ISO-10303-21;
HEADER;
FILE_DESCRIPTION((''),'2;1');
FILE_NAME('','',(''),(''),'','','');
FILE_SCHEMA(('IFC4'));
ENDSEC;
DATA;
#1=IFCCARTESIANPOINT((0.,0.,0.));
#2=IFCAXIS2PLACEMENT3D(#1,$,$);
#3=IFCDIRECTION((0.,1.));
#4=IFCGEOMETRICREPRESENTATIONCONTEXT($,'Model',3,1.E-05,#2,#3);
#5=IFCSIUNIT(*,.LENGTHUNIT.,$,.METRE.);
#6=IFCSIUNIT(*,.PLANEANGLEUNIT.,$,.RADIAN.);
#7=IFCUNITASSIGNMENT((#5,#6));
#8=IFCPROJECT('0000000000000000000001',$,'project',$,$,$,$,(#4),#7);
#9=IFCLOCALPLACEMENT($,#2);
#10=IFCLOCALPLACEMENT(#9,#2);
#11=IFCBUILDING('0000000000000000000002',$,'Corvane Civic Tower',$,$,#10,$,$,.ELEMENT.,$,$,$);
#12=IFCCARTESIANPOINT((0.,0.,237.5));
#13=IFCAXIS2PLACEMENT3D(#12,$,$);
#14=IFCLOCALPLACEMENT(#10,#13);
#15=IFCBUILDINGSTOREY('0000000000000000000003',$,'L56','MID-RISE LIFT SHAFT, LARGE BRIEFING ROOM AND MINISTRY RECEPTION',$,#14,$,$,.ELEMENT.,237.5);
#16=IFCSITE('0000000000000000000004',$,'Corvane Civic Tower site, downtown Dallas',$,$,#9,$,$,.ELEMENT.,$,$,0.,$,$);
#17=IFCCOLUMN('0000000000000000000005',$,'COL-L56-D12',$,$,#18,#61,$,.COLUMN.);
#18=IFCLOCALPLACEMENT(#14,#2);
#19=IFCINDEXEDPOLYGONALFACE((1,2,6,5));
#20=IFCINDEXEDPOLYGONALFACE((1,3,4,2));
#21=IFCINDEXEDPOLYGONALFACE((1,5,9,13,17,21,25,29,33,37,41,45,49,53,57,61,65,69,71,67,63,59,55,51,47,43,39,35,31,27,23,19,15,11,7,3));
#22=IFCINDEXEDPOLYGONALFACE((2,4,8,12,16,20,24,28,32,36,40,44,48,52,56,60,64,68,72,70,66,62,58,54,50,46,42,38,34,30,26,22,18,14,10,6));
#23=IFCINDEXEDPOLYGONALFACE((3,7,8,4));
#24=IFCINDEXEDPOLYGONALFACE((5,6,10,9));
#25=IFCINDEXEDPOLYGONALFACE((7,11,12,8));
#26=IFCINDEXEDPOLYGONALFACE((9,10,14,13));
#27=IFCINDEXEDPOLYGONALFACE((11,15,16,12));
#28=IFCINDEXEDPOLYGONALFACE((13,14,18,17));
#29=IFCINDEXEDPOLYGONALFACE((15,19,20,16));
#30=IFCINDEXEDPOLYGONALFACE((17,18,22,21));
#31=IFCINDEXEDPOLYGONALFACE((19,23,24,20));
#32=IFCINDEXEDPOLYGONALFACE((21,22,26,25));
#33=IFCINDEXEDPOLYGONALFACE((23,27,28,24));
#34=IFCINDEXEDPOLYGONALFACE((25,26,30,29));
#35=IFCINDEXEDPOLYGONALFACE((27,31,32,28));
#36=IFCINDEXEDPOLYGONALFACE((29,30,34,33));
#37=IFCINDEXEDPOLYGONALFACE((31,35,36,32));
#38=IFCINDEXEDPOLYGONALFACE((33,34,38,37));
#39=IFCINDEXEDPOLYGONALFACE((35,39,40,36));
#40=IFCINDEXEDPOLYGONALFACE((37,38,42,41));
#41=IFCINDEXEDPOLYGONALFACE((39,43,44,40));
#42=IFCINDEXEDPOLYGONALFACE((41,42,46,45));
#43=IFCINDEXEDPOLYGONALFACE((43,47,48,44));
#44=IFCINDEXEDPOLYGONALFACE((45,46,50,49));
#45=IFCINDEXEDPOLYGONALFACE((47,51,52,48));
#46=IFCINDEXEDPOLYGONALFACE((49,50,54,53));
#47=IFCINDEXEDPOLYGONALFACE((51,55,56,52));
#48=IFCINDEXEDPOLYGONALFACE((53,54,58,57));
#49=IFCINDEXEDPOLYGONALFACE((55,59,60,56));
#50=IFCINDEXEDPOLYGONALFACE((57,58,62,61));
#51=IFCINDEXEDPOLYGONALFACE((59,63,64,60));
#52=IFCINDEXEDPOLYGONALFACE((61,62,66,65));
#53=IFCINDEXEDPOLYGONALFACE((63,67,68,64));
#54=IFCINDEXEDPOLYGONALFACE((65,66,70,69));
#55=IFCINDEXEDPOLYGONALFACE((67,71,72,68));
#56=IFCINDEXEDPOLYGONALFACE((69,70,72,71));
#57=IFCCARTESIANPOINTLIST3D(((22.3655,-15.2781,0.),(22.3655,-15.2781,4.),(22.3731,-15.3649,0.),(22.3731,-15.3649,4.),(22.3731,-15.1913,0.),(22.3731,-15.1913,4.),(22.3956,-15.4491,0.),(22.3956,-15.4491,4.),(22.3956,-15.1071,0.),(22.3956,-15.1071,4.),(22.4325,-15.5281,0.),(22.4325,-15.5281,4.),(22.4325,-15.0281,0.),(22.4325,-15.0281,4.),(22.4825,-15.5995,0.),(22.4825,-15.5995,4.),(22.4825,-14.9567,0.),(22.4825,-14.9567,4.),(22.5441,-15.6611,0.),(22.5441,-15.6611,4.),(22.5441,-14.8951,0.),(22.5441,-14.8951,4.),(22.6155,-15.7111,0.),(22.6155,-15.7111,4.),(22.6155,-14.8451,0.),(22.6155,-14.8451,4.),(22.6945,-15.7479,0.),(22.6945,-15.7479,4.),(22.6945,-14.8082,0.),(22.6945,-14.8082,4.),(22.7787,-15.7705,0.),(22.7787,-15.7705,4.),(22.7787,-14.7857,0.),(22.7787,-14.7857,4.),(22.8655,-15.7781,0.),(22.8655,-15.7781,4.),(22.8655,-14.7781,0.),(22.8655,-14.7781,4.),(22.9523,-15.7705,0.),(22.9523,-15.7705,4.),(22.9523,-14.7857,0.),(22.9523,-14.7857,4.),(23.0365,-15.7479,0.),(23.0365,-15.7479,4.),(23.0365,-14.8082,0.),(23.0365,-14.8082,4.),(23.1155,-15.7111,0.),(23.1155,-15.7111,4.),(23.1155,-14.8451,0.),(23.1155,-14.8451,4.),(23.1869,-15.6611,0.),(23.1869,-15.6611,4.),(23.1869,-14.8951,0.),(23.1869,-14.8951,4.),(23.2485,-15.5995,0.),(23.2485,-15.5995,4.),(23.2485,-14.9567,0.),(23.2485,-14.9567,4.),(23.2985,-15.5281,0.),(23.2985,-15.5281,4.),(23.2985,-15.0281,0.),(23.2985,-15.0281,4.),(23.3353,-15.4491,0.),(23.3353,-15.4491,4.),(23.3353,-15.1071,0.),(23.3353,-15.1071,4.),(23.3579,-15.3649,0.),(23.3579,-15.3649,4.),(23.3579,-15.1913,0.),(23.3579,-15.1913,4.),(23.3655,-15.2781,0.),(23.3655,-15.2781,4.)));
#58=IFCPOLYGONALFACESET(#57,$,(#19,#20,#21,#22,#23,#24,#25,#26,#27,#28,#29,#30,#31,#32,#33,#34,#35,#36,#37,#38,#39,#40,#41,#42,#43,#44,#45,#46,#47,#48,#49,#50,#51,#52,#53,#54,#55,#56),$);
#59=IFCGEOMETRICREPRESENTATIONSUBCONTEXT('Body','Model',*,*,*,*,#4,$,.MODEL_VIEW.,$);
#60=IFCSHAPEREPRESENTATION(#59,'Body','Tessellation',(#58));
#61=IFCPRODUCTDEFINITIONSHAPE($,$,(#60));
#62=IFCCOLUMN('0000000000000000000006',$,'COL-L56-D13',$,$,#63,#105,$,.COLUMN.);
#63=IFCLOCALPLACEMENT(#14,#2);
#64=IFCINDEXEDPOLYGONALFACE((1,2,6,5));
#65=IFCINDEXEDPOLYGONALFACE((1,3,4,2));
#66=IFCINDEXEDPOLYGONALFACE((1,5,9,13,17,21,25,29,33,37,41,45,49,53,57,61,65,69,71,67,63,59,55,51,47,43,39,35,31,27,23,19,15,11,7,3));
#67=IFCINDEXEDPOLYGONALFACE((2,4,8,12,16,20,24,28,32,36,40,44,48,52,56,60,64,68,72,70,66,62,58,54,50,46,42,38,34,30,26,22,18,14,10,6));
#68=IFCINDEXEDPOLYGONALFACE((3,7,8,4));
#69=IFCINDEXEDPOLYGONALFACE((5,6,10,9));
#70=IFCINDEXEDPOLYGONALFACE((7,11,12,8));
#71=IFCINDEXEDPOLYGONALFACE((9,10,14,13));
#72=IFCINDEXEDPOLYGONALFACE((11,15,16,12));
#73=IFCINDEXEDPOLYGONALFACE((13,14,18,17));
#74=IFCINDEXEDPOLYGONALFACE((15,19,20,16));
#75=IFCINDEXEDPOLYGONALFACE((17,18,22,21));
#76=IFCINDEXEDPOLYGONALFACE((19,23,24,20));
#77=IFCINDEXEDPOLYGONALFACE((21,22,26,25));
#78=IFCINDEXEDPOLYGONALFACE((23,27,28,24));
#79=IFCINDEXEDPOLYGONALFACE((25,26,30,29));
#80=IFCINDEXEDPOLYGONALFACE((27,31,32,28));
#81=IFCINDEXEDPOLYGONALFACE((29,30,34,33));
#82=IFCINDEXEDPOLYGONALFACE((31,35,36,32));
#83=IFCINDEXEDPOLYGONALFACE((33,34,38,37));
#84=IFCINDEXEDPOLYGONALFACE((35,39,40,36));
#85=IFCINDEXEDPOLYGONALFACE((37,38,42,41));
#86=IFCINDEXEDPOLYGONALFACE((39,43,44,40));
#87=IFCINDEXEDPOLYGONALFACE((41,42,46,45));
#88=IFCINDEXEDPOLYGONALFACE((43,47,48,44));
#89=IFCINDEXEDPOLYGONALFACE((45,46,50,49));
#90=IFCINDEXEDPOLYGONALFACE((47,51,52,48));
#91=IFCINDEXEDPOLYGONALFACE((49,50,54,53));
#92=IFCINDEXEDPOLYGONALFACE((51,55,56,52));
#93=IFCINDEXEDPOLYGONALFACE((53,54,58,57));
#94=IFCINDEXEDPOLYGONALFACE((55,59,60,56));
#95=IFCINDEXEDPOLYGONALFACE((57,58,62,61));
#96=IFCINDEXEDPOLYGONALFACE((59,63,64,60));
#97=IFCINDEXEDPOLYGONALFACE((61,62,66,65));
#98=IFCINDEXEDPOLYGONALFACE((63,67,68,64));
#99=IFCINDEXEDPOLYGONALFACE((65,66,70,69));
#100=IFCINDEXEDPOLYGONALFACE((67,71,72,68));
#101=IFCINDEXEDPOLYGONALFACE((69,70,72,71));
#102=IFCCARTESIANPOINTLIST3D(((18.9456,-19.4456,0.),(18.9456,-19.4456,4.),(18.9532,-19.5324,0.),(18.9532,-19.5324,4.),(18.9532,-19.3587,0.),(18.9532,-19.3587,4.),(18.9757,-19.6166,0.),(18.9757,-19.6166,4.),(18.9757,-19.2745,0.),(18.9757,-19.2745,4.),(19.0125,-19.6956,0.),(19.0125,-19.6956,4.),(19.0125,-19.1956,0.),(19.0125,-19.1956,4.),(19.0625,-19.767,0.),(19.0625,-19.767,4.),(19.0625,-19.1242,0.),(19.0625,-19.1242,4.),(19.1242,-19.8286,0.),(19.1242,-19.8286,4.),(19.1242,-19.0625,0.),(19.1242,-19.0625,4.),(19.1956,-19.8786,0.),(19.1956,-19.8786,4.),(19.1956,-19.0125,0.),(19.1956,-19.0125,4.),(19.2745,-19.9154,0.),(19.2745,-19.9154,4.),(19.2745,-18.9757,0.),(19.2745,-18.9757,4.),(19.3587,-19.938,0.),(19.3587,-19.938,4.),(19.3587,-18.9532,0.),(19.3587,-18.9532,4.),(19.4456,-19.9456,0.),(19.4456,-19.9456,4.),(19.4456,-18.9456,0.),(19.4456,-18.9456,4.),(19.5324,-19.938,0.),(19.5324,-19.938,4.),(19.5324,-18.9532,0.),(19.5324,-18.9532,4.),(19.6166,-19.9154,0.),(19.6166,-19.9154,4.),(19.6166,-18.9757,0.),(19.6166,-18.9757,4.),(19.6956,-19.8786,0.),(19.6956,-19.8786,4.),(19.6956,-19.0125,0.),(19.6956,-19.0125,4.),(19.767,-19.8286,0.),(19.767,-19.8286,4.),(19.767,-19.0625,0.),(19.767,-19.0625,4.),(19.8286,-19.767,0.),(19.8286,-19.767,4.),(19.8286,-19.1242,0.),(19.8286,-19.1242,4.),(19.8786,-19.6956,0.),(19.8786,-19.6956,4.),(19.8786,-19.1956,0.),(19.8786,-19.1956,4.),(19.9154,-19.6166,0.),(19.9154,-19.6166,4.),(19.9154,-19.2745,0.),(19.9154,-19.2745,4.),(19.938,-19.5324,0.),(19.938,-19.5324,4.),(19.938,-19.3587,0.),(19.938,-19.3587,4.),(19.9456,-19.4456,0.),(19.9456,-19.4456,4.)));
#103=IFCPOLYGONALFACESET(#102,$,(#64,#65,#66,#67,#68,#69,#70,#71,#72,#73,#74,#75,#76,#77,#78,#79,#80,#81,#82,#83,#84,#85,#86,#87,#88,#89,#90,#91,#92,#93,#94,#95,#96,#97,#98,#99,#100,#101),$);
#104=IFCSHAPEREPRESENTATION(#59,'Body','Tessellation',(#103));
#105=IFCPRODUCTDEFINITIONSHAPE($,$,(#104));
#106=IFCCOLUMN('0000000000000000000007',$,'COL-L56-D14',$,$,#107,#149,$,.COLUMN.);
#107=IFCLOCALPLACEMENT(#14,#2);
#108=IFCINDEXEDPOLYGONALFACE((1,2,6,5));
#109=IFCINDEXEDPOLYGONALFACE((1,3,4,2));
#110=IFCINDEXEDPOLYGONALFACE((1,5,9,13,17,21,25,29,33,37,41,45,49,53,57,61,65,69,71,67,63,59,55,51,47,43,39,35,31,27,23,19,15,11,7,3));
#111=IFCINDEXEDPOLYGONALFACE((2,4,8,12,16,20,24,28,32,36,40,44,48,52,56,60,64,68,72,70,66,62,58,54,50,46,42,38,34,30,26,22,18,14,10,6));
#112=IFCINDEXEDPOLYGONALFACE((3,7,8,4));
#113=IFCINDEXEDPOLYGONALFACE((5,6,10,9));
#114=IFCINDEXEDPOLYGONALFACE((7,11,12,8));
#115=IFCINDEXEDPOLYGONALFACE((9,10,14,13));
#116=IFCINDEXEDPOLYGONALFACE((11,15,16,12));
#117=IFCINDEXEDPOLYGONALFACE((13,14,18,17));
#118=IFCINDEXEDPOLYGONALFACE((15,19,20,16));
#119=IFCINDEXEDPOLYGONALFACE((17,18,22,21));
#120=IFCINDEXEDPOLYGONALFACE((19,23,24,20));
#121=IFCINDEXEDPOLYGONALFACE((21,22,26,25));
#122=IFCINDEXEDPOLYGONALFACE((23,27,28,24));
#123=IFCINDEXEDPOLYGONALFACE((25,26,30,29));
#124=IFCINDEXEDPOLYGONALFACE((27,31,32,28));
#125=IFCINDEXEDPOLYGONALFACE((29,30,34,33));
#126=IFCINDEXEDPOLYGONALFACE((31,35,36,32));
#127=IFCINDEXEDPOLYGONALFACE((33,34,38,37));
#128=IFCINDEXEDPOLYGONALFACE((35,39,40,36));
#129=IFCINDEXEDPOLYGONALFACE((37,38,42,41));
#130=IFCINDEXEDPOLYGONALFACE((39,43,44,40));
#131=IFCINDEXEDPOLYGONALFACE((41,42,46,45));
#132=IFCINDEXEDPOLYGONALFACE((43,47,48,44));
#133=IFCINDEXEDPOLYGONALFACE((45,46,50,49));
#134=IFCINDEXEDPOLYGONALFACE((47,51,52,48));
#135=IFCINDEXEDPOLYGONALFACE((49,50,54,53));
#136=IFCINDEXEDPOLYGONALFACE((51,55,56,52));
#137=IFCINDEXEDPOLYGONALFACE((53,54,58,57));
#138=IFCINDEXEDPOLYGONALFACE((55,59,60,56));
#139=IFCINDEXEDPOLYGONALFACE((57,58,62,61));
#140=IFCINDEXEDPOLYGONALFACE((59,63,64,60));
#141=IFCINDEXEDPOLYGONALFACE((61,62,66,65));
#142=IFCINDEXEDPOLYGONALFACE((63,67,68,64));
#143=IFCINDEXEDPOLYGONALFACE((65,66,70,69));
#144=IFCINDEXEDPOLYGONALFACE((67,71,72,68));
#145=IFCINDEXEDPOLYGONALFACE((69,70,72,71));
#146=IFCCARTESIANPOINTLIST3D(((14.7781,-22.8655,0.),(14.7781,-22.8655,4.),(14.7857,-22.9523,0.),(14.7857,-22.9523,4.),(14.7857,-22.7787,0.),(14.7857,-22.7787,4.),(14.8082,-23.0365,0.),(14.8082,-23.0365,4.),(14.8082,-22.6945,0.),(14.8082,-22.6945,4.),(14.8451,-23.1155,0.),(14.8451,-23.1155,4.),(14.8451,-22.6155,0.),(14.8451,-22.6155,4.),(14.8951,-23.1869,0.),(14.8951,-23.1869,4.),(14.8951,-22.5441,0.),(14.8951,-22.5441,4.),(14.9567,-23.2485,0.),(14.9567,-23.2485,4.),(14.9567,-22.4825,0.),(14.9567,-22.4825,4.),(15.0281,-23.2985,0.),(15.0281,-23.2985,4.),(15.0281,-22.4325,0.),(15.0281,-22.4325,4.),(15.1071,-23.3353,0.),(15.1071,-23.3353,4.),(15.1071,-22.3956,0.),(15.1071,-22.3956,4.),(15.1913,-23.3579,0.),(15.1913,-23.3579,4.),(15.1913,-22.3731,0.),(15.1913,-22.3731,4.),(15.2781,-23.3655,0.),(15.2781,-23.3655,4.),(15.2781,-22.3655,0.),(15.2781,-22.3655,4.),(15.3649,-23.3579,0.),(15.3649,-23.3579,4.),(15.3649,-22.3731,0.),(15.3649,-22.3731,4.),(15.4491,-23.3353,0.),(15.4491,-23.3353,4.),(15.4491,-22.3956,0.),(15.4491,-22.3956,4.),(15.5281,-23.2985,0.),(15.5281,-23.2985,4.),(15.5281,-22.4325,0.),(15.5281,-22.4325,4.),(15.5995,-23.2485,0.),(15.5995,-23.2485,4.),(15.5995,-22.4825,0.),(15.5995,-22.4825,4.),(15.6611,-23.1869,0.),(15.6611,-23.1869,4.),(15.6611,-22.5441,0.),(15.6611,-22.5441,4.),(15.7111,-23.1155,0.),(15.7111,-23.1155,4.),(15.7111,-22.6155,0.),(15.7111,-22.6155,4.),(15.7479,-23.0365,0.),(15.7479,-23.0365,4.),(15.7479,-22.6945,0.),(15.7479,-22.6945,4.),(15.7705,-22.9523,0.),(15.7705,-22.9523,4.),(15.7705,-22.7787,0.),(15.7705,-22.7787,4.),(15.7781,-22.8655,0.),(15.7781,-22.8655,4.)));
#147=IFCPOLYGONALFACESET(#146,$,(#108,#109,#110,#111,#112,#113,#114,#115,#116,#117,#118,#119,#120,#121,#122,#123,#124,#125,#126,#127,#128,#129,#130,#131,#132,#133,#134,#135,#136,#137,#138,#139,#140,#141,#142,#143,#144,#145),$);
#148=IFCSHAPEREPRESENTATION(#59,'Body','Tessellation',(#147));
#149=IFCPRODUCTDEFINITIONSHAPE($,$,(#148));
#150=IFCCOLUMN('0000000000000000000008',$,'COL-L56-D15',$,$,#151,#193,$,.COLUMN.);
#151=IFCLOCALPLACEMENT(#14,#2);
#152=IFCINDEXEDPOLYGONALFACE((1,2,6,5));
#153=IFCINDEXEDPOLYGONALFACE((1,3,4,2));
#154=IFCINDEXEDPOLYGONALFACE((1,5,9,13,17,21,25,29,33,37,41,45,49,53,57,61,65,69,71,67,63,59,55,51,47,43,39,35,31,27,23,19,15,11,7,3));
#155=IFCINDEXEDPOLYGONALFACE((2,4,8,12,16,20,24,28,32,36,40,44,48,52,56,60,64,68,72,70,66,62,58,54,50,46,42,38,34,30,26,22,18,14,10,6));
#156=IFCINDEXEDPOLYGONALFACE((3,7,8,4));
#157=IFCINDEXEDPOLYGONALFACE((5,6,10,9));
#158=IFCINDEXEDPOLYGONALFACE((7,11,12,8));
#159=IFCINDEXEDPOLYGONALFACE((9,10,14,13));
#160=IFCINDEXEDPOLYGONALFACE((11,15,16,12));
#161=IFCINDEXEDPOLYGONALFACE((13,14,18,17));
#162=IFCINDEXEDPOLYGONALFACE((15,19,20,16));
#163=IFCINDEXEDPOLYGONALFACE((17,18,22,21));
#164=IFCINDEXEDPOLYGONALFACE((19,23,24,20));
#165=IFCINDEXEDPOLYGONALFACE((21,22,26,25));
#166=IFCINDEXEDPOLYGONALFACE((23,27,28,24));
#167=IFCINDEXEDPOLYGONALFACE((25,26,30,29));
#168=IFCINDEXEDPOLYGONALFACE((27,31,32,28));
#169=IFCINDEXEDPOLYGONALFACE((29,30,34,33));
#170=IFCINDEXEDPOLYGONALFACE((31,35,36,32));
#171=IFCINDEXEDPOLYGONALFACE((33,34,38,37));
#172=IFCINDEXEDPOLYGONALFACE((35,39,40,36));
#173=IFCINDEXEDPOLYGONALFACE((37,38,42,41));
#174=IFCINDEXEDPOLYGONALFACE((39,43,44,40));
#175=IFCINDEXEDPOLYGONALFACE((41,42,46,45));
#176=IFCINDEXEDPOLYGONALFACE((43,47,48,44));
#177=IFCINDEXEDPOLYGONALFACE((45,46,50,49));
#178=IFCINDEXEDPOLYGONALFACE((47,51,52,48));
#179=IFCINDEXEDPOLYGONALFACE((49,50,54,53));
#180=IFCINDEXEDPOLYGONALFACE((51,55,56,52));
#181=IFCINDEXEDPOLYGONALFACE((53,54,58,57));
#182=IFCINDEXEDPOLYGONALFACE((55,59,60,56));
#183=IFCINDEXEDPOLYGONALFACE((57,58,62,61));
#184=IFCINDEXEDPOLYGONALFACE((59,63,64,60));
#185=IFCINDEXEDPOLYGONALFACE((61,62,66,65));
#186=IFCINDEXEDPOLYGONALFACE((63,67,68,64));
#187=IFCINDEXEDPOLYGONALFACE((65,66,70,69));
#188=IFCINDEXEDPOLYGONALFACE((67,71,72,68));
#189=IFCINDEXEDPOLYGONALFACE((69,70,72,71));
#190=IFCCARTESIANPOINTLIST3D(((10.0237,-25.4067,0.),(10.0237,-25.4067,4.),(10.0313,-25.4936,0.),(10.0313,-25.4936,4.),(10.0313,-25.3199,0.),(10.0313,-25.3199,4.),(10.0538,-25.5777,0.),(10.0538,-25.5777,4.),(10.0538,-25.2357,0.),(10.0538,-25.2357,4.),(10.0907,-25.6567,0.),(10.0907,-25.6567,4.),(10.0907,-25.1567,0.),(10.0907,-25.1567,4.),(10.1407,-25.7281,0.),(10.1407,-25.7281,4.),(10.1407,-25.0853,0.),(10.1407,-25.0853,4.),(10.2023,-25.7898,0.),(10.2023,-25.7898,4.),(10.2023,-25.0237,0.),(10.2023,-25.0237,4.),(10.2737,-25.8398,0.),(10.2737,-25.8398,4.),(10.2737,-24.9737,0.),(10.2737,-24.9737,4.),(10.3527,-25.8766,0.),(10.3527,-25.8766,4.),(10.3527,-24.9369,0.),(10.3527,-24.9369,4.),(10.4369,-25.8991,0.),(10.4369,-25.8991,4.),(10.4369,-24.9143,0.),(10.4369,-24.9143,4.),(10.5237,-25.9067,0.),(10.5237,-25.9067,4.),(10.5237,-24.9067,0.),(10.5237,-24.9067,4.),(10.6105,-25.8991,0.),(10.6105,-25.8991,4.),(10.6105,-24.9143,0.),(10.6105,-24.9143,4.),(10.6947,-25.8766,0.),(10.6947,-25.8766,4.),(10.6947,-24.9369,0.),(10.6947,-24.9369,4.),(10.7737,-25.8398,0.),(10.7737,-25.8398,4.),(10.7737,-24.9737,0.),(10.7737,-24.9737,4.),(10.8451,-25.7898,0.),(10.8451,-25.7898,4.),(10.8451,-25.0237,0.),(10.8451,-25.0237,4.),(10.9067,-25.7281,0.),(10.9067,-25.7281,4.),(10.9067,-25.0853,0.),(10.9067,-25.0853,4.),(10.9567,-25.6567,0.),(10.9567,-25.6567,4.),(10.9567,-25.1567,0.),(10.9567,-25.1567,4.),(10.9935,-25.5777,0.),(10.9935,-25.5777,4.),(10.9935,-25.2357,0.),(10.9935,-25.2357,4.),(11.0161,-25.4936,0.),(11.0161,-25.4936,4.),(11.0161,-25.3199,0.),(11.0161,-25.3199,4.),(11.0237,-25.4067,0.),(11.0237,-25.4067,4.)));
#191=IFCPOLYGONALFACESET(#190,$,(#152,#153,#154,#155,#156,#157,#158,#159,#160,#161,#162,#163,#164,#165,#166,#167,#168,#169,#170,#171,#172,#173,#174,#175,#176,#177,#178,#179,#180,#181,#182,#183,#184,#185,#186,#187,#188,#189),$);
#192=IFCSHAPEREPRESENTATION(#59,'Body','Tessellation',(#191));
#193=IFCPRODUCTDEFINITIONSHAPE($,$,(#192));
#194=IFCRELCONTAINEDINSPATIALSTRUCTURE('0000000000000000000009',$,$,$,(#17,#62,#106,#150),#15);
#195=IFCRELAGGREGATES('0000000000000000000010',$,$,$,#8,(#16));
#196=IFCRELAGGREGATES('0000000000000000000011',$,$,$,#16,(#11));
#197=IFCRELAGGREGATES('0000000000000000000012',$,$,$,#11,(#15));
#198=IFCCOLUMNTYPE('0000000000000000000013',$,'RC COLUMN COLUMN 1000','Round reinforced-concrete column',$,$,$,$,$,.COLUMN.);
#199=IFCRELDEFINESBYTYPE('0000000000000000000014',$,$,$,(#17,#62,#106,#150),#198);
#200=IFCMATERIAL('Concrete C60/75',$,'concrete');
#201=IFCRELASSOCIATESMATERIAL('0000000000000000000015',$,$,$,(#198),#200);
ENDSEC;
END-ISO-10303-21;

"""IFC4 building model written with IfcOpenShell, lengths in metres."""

from ifc_helpers import new_model, si_unit, direction, frame, origin, origin_2d, place, context, subcontext, project, spatial, circle, extrude, material, material_profile, profile_set, type_object, element, save


model = new_model("IFC4")

# Units and contexts
model_context = context("Model", 3, precision=1e-05, world=origin(), true_north=direction((0.0, 1.0)))
body_context = subcontext(model_context, "Body", "Model", "MODEL_VIEW")
ifc_project = project(units=[si_unit("LENGTHUNIT", "METRE"), si_unit("PLANEANGLEUNIT", "RADIAN")], contexts=[model_context])

# Site, building, storey
site_placement = place(None, origin())
site = spatial("IfcSite", under=ifc_project, at=site_placement, Name="Corvane Civic Tower site, downtown Dallas", CompositionType="ELEMENT", RefElevation=0.0)
building_placement = place(site_placement, origin())
building = spatial("IfcBuilding", under=site, at=building_placement, Name="Corvane Civic Tower", CompositionType="ELEMENT")
storey_placement = place(building_placement, frame((0.0, 0.0, 237.5)))
storey = spatial("IfcBuildingStorey", under=building, at=storey_placement, Name="L56", Description="MID-RISE LIFT SHAFT, LARGE BRIEFING ROOM AND MINISTRY RECEPTION", CompositionType="ELEMENT", Elevation=237.5)

# Columns
ifc_material_1 = material(Name="Concrete C60/75", Category="concrete")
ifc_material_profile_1 = material_profile(ifc_material_1, circle(Radius=0.5, at=origin_2d()), Name="COLUMN 1000")
ifc_profile_set_1 = profile_set([ifc_material_profile_1], Name="Concrete C60/75")
column_type = type_object("IfcColumnType", Name="RC COLUMN COLUMN 1000", Description="Round reinforced-concrete column", PredefinedType="COLUMN", material=ifc_profile_set_1)
for number, where, z_axis, x_axis, name in (
    (1, (22.8655, -15.2781, 0.0), (0.0, 0.0, 1.0), (1.0, 0.0, 0.0), "COL-L56-D12"),
    (2, (19.4456, -19.4456, 0.0), (0.0, 0.0, 1.0), (1.0, 0.0, 0.0), "COL-L56-D13"),
    (3, (15.2781, -22.8655, 0.0), (0.0, 0.0, 1.0), (1.0, 0.0, 0.0), "COL-L56-D14"),
    (4, (10.5237, -25.4067, 0.0), (0.0, 0.0, 1.0), (1.0, 0.0, 0.0), "COL-L56-D15"),
):
    element("IfcColumn", number, at=place(storey_placement, frame(where, z_axis=z_axis, x_axis=x_axis)), inside=storey, type_object=column_type, Name=name, PredefinedType="COLUMN", context=body_context, shape_type="SweptSolid", body=[
        extrude(circle(Radius=0.5, at=origin_2d()), origin(), (0.0, 0.0, 1.0), 4.0),
    ])

save(model, "model.ifc")
